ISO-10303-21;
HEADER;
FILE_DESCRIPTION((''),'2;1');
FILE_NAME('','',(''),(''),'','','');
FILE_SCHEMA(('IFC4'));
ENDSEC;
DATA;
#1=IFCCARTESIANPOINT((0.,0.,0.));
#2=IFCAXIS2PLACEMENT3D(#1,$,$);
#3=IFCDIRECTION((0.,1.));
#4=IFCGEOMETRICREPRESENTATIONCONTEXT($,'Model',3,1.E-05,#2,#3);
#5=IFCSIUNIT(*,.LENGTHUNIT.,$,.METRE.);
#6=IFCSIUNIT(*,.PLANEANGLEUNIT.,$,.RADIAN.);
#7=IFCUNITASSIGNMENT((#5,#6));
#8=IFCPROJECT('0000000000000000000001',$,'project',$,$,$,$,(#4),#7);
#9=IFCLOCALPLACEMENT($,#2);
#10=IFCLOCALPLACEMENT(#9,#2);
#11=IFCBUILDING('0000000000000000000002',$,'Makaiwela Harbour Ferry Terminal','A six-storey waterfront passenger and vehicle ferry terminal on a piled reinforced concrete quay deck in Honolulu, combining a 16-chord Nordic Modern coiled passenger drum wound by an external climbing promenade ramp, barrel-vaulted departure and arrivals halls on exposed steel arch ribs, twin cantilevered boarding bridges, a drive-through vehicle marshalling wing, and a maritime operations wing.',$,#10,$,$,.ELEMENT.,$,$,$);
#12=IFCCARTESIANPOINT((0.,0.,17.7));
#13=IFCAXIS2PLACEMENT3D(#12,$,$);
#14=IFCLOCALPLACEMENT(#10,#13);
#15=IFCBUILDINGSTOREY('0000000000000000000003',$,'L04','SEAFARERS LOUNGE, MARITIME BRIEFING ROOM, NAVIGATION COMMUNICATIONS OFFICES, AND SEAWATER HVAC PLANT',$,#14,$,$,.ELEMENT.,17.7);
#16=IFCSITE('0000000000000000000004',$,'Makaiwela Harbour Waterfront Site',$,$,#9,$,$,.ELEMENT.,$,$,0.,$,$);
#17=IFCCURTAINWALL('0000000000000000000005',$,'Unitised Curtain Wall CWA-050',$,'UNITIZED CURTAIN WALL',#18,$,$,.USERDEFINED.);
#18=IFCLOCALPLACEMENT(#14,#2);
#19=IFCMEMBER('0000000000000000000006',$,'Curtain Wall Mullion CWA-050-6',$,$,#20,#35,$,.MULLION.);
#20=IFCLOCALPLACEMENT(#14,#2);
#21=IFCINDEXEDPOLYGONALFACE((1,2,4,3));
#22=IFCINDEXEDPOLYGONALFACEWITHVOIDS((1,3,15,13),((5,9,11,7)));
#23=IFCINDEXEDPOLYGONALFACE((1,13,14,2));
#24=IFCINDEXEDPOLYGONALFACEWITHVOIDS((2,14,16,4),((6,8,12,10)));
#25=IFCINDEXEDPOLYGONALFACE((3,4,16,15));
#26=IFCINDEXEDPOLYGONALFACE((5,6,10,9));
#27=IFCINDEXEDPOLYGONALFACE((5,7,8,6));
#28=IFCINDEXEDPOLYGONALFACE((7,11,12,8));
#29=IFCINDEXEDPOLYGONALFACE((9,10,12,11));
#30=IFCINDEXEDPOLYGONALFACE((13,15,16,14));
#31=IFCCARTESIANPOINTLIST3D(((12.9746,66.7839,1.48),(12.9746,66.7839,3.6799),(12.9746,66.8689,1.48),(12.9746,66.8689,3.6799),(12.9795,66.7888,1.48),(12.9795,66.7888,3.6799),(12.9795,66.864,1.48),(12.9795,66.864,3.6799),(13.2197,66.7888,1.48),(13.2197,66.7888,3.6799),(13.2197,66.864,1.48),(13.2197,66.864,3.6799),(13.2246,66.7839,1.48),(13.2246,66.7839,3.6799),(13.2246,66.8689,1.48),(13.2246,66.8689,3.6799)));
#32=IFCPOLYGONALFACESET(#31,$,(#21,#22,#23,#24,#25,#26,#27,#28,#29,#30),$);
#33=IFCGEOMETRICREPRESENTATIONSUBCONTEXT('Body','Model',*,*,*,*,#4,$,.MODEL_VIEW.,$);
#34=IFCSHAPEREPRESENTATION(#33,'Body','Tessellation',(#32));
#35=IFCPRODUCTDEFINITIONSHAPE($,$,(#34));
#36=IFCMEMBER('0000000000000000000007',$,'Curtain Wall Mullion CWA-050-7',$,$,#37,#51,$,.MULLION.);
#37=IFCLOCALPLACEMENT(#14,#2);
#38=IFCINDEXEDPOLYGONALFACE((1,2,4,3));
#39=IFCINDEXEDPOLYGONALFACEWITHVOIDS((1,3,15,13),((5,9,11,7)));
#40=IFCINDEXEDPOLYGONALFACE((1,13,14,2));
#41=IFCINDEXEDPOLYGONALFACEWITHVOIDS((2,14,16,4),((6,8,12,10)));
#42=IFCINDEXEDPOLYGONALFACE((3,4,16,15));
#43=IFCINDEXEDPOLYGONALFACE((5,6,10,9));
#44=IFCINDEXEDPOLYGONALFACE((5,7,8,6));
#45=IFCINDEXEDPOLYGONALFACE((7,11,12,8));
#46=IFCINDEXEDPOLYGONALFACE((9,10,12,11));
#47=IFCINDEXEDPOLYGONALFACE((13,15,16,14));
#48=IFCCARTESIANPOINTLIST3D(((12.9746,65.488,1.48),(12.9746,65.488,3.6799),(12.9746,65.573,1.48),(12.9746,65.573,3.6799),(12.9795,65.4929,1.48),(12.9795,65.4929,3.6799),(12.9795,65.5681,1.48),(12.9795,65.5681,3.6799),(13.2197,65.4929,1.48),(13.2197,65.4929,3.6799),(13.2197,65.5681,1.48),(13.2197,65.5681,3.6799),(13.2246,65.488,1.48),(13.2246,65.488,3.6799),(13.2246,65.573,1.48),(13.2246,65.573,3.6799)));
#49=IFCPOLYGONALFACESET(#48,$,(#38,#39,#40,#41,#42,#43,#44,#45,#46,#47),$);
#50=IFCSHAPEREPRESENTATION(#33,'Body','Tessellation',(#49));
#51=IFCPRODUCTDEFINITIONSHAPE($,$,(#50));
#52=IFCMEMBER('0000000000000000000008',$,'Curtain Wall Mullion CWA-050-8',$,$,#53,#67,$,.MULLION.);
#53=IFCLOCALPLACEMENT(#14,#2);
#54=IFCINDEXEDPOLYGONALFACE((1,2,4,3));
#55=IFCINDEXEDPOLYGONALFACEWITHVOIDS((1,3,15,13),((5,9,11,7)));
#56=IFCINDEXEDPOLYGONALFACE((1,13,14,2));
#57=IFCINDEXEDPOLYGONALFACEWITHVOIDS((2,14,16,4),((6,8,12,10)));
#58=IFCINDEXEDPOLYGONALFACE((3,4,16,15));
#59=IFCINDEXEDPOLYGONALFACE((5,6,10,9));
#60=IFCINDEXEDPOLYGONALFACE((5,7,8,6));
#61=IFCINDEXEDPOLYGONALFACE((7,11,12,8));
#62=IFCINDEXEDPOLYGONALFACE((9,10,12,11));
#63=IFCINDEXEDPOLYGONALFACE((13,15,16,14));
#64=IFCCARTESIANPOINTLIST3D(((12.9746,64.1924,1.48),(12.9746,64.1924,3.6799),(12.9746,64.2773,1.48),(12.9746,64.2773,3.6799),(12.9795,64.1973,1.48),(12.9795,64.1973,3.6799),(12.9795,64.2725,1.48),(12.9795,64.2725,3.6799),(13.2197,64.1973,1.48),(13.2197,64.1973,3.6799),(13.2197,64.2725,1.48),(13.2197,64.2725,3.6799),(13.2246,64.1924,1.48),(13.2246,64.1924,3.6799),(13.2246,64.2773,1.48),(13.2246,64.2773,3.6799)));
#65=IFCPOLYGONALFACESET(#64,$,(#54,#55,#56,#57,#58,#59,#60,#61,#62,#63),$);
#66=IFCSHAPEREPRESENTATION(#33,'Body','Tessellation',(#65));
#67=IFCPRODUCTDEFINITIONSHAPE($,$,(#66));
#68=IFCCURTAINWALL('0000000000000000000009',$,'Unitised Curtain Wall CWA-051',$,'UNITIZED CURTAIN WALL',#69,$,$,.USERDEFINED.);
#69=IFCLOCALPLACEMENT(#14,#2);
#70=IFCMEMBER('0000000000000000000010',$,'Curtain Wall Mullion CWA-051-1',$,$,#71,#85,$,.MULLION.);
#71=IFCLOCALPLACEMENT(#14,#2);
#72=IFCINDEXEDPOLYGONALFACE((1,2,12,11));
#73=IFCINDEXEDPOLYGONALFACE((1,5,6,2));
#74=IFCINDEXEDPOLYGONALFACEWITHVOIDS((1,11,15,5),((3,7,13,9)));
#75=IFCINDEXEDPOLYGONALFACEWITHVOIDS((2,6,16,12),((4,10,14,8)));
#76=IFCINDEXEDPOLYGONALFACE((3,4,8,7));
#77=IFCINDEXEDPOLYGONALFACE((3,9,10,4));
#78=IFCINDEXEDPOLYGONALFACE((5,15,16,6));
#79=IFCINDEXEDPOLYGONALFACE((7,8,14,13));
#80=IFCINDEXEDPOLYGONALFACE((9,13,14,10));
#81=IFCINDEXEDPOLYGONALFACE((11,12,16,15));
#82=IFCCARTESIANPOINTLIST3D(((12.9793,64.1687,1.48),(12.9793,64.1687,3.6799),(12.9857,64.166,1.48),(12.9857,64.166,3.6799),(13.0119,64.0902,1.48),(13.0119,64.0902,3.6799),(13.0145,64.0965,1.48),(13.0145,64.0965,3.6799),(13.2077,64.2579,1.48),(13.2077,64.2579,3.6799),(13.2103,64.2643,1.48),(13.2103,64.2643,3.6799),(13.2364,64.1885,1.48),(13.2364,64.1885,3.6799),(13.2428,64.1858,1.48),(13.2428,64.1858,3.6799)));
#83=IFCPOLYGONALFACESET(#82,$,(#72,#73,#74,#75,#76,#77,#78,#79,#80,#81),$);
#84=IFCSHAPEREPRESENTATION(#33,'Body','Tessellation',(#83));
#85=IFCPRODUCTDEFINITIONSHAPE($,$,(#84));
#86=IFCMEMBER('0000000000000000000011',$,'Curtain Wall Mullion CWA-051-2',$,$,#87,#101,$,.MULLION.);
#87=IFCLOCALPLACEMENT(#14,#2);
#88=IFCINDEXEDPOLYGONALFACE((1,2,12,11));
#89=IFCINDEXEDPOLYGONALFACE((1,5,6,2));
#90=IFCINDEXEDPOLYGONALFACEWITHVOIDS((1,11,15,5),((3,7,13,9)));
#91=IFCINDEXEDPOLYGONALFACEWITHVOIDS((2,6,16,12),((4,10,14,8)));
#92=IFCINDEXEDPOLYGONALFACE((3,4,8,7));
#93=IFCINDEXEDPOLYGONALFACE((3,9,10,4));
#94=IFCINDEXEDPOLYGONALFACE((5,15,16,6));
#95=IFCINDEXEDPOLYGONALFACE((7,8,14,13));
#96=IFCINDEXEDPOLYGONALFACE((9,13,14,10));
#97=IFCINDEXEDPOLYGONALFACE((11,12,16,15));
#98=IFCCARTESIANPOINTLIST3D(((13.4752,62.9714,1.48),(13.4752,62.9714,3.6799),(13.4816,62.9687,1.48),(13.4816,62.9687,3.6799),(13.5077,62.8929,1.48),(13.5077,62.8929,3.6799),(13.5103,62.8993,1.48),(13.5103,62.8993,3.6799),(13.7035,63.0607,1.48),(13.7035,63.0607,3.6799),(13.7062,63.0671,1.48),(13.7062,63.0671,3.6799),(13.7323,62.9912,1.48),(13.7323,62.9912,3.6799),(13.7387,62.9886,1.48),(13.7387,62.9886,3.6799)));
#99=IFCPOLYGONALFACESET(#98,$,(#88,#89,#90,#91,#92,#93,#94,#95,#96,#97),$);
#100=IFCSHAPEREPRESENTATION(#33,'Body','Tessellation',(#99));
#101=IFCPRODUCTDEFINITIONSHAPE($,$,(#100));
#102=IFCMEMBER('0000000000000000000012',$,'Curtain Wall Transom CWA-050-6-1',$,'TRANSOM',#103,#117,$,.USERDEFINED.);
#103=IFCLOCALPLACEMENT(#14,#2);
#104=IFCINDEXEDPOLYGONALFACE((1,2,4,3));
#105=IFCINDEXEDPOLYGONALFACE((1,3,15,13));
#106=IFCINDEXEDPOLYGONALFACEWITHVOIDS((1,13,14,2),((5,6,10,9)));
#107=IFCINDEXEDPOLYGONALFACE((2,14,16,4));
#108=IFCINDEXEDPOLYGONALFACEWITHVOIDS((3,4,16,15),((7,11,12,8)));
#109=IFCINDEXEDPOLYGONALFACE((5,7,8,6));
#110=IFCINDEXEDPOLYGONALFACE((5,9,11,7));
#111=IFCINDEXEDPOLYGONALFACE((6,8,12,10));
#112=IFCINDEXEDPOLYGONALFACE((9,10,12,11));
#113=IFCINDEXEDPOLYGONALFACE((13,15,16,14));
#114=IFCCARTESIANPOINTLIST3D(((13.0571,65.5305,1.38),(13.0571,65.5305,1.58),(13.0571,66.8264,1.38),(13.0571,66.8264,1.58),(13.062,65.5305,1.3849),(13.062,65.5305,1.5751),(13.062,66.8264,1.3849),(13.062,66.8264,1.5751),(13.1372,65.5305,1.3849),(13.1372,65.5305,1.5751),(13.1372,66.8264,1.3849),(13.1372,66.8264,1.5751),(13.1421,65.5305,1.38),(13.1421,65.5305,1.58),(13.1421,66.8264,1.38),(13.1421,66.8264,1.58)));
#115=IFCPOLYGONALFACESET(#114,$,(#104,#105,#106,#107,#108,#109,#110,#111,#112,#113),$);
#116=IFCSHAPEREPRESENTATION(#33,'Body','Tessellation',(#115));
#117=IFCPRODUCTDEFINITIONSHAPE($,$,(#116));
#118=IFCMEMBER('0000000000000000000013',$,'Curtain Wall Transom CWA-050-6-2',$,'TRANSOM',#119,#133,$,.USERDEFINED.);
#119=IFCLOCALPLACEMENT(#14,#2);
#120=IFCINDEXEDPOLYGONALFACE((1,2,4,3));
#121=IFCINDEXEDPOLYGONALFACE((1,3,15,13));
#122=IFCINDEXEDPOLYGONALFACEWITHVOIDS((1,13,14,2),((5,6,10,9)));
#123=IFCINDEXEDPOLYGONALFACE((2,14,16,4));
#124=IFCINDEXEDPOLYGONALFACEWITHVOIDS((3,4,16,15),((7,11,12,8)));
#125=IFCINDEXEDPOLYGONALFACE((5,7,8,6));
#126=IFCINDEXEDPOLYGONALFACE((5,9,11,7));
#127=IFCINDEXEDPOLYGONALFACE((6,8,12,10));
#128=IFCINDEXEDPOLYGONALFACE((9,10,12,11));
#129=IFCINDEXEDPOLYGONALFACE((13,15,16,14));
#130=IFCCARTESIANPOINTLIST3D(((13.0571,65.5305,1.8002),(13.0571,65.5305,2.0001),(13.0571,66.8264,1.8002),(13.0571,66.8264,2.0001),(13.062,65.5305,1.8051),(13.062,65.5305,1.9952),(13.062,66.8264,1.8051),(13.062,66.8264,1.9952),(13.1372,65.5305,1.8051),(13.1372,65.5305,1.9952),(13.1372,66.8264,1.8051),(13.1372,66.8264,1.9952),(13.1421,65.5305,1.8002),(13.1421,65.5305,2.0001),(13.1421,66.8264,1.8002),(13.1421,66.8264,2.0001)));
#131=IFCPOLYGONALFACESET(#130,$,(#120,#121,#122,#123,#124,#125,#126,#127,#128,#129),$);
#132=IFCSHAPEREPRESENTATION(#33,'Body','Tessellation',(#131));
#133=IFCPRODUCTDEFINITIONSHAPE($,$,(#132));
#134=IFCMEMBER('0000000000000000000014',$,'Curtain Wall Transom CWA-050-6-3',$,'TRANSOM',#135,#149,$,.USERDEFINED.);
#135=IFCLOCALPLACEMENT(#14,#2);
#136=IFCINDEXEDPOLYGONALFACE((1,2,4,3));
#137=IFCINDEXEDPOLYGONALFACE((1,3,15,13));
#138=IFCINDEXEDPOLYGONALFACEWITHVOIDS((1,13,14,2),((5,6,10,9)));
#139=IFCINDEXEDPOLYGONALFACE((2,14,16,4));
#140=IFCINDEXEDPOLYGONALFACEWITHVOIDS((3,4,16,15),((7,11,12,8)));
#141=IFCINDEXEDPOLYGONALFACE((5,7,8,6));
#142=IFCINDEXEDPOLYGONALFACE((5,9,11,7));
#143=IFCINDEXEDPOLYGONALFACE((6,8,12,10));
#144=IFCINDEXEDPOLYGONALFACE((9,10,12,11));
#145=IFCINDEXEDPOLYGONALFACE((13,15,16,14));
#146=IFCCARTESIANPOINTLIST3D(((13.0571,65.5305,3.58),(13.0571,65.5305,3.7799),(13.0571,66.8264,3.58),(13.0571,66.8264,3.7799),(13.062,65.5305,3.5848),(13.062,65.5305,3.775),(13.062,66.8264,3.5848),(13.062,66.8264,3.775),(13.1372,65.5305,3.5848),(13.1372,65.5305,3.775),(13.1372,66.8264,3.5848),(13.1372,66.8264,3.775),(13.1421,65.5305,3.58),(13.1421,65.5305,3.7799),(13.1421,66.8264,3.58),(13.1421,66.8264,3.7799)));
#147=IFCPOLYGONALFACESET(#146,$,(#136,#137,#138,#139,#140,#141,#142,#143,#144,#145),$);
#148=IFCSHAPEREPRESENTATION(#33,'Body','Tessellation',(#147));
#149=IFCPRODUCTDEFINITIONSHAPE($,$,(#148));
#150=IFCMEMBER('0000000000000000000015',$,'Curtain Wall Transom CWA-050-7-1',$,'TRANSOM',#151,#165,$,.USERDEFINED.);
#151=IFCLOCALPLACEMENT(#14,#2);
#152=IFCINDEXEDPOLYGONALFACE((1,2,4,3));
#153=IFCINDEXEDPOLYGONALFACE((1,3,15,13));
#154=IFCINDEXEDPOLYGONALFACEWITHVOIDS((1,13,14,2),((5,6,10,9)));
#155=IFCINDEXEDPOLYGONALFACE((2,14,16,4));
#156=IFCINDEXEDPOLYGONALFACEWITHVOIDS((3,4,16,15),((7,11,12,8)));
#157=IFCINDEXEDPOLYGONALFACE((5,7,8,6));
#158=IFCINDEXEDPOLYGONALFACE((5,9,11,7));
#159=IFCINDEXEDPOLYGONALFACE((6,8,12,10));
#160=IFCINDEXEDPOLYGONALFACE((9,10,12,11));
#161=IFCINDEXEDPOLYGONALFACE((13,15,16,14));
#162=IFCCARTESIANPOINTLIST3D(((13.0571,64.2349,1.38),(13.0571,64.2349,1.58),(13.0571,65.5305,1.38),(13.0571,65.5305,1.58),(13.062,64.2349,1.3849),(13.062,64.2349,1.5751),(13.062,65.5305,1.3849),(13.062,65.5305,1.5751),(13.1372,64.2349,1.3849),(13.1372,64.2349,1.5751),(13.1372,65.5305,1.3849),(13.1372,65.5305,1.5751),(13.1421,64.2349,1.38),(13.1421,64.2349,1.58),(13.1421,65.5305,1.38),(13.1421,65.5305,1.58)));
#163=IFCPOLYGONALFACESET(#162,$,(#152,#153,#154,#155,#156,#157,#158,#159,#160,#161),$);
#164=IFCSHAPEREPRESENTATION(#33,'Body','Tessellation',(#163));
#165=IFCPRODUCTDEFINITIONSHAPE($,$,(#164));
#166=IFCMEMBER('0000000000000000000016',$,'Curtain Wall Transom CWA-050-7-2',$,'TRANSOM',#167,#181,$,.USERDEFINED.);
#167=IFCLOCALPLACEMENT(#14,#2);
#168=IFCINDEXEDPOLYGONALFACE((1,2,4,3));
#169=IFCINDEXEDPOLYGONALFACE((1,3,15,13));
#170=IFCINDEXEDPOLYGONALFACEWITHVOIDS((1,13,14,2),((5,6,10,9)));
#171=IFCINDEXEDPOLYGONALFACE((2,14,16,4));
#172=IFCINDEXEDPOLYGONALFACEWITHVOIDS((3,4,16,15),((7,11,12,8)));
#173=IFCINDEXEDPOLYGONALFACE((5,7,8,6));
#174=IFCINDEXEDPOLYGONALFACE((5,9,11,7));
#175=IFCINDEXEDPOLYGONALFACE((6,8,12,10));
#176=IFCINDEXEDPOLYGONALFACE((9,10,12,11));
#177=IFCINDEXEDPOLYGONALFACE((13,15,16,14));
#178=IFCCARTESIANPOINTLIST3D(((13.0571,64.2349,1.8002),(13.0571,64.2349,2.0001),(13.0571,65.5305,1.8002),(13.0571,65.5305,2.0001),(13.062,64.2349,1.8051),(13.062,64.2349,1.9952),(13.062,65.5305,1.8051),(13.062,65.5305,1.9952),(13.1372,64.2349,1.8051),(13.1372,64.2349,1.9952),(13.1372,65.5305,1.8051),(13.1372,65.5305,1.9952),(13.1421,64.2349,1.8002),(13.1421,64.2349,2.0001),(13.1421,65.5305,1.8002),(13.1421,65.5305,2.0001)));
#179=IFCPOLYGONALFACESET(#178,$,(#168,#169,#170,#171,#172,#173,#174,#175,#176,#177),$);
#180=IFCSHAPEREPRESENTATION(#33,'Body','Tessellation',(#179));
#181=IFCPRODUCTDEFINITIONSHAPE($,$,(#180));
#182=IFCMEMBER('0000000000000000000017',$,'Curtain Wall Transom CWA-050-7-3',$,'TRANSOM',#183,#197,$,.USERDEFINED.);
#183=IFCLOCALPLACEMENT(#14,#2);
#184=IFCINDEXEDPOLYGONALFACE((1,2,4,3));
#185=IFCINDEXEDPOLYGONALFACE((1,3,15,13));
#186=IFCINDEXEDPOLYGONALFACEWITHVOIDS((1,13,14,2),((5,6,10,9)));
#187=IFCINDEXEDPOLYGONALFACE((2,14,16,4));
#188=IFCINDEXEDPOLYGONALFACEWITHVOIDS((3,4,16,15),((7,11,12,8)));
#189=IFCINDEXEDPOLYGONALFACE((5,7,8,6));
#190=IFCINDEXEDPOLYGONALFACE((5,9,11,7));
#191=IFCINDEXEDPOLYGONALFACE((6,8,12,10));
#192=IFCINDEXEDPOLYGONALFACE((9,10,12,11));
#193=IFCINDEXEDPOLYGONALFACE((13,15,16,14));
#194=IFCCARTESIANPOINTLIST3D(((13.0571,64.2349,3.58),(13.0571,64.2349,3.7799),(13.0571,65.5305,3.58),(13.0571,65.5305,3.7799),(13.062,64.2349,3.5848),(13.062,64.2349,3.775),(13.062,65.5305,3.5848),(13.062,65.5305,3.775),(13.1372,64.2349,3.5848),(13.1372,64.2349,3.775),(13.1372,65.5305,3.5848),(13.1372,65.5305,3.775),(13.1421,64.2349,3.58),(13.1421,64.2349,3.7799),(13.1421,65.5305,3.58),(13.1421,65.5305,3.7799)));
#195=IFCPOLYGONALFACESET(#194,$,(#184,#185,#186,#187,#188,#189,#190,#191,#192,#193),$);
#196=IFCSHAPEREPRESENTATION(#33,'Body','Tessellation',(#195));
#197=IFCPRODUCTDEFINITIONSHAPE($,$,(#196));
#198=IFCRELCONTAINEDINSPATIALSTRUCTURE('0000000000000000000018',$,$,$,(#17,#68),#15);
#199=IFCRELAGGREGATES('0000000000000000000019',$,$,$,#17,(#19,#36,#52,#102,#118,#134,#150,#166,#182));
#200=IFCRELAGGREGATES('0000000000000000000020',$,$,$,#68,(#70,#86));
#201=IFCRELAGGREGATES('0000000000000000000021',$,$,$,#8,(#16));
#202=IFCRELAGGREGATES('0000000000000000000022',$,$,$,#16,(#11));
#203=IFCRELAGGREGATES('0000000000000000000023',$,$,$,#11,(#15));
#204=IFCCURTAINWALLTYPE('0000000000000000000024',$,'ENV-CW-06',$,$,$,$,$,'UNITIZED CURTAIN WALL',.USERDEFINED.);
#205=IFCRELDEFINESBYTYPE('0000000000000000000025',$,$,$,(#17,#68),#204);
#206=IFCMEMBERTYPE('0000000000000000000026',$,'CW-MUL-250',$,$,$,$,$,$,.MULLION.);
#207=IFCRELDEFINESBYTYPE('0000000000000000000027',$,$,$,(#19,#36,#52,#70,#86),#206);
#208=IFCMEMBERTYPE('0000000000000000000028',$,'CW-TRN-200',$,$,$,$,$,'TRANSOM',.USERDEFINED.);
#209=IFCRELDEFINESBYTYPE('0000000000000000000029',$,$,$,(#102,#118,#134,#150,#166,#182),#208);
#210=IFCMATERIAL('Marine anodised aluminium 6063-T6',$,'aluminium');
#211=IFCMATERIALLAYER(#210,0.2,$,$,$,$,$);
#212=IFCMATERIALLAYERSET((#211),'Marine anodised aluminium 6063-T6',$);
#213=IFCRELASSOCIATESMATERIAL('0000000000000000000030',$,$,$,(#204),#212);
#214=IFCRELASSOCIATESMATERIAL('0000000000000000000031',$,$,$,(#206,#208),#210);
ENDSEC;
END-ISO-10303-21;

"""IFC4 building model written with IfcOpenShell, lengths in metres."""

from ifc_helpers import new_model, si_unit, direction, frame, origin, origin_2d, place, context, subcontext, project, spatial, hollow_rectangle, extrude, material, layer, layer_set, material_profile, profile_set, type_object, element, aggregate, save


model = new_model("IFC4")

# Units and contexts
model_context = context("Model", 3, precision=1e-05, world=origin(), true_north=direction((0.0, 1.0)))
body_context = subcontext(model_context, "Body", "Model", "MODEL_VIEW")
ifc_project = project(units=[si_unit("LENGTHUNIT", "METRE"), si_unit("PLANEANGLEUNIT", "RADIAN")], contexts=[model_context])

# Site, building, storey
site_placement = place(None, origin())
site = spatial("IfcSite", under=ifc_project, at=site_placement, Name="Makaiwela Harbour Waterfront Site", CompositionType="ELEMENT", RefElevation=0.0)
building_placement = place(site_placement, origin())
building = spatial("IfcBuilding", under=site, at=building_placement, Name="Makaiwela Harbour Ferry Terminal", Description="A six-storey waterfront passenger and vehicle ferry terminal on a piled reinforced concrete quay deck in Honolulu, combining a 16-chord Nordic Modern coiled passenger drum wound by an external climbing promenade ramp, barrel-vaulted departure and arrivals halls on exposed steel arch ribs, twin cantilevered boarding bridges, a drive-through vehicle marshalling wing, and a maritime operations wing.", CompositionType="ELEMENT")
storey_placement = place(building_placement, frame((0.0, 0.0, 17.7)))
storey = spatial("IfcBuildingStorey", under=building, at=storey_placement, Name="L04", Description="SEAFARERS LOUNGE, MARITIME BRIEFING ROOM, NAVIGATION COMMUNICATIONS OFFICES, AND SEAWATER HVAC PLANT", CompositionType="ELEMENT", Elevation=17.7)

# Curtain walls, members
ifc_material_1 = material(Name="Marine anodised aluminium 6063-T6", Category="aluminium")
ifc_layer_1 = layer(ifc_material_1, 0.2)
ifc_layer_set_1 = layer_set([ifc_layer_1], Name="Marine anodised aluminium 6063-T6")
curtain_wall_type = type_object("IfcCurtainWallType", Name="ENV-CW-06", ElementType="UNITIZED CURTAIN WALL", PredefinedType="USERDEFINED", material=ifc_layer_set_1)
curtain_wall_1_placement = place(storey_placement, origin())
curtain_wall_1 = element("IfcCurtainWall", 1, at=curtain_wall_1_placement, inside=storey, type_object=curtain_wall_type, Name="Unitised Curtain Wall CWA-050", ObjectType="UNITIZED CURTAIN WALL", PredefinedType="USERDEFINED")
ifc_material_profile_1 = material_profile(ifc_material_1, hollow_rectangle(XDim=0.085, YDim=0.25, WallThickness=0.0049, at=origin_2d()), Name="CWM-250X85")
ifc_profile_set_1 = profile_set([ifc_material_profile_1], Name="Marine anodised aluminium 6063-T6")
member_type_1 = type_object("IfcMemberType", Name="CW-MUL-250", PredefinedType="MULLION", material=ifc_profile_set_1)
member_1_placement = place(storey_placement, frame((13.0996, 66.8264, 1.48), z_axis=(0.0, 0.0, 1.0), x_axis=(0.0, 1.0, 0.0)))
member_1 = element("IfcMember", 2, at=member_1_placement, type_object=member_type_1, Name="Curtain Wall Mullion CWA-050-6", PredefinedType="MULLION", context=body_context, shape_type="SweptSolid", body=[
    extrude(hollow_rectangle(XDim=0.085, YDim=0.25, WallThickness=0.0049, at=origin_2d()), origin(), (0.0, 0.0, 1.0), 2.2),
])
member_2_placement = place(storey_placement, frame((13.0996, 65.5305, 1.48), z_axis=(0.0, 0.0, 1.0), x_axis=(0.0, 1.0, 0.0)))
member_2 = element("IfcMember", 3, at=member_2_placement, type_object=member_type_1, Name="Curtain Wall Mullion CWA-050-7", PredefinedType="MULLION", context=body_context, shape_type="SweptSolid", body=[
    extrude(hollow_rectangle(XDim=0.085, YDim=0.25, WallThickness=0.0049, at=origin_2d()), origin(), (0.0, 0.0, 1.0), 2.2),
])
member_3_placement = place(storey_placement, frame((13.0996, 64.2349, 1.48), z_axis=(0.0, 0.0, 1.0), x_axis=(0.0, 1.0, 0.0)))
member_3 = element("IfcMember", 4, at=member_3_placement, type_object=member_type_1, Name="Curtain Wall Mullion CWA-050-8", PredefinedType="MULLION", context=body_context, shape_type="SweptSolid", body=[
    extrude(hollow_rectangle(XDim=0.085, YDim=0.25, WallThickness=0.0049, at=origin_2d()), origin(), (0.0, 0.0, 1.0), 2.2),
])
curtain_wall_2_placement = place(storey_placement, origin())
curtain_wall_2 = element("IfcCurtainWall", 5, at=curtain_wall_2_placement, inside=storey, type_object=curtain_wall_type, Name="Unitised Curtain Wall CWA-051", ObjectType="UNITIZED CURTAIN WALL", PredefinedType="USERDEFINED")
member_4_placement = place(storey_placement, frame((13.1111, 64.1772, 1.48), z_axis=(0.0, 0.0, 1.0), x_axis=(-0.382683, 0.92388, 0.0)))
member_4 = element("IfcMember", 6, at=member_4_placement, type_object=member_type_1, Name="Curtain Wall Mullion CWA-051-1", PredefinedType="MULLION", context=body_context, shape_type="SweptSolid", body=[
    extrude(hollow_rectangle(XDim=0.085, YDim=0.25, WallThickness=0.0049, at=origin_2d()), origin(), (0.0, 0.0, 1.0), 2.2),
])
member_5_placement = place(storey_placement, frame((13.6069, 62.98, 1.48), z_axis=(0.0, 0.0, 1.0), x_axis=(-0.382683, 0.92388, 0.0)))
member_5 = element("IfcMember", 7, at=member_5_placement, type_object=member_type_1, Name="Curtain Wall Mullion CWA-051-2", PredefinedType="MULLION", context=body_context, shape_type="SweptSolid", body=[
    extrude(hollow_rectangle(XDim=0.085, YDim=0.25, WallThickness=0.0049, at=origin_2d()), origin(), (0.0, 0.0, 1.0), 2.2),
])

# Members
ifc_material_profile_2 = material_profile(ifc_material_1, hollow_rectangle(XDim=0.085, YDim=0.2, WallThickness=0.0049, at=origin_2d()), Name="CWT-200X85")
ifc_profile_set_2 = profile_set([ifc_material_profile_2], Name="Marine anodised aluminium 6063-T6")
member_type_2 = type_object("IfcMemberType", Name="CW-TRN-200", ElementType="TRANSOM", PredefinedType="USERDEFINED", material=ifc_profile_set_2)
member_6_placement = place(storey_placement, frame((13.0996, 66.8264, 1.48), z_axis=(0.0, -1.0, 0.0), x_axis=(1.0, 0.0, 0.0)))
member_6 = element("IfcMember", 8, at=member_6_placement, type_object=member_type_2, Name="Curtain Wall Transom CWA-050-6-1", ObjectType="TRANSOM", PredefinedType="USERDEFINED", context=body_context, shape_type="SweptSolid", body=[
    extrude(hollow_rectangle(XDim=0.085, YDim=0.2, WallThickness=0.0049, at=origin_2d()), origin(), (0.0, 0.0, 1.0), 1.2959),
])
member_7_placement = place(storey_placement, frame((13.0996, 66.8264, 1.9001), z_axis=(0.0, -1.0, 0.0), x_axis=(1.0, 0.0, 0.0)))
member_7 = element("IfcMember", 9, at=member_7_placement, type_object=member_type_2, Name="Curtain Wall Transom CWA-050-6-2", ObjectType="TRANSOM", PredefinedType="USERDEFINED", context=body_context, shape_type="SweptSolid", body=[
    extrude(hollow_rectangle(XDim=0.085, YDim=0.2, WallThickness=0.0049, at=origin_2d()), origin(), (0.0, 0.0, 1.0), 1.2959),
])
member_8_placement = place(storey_placement, frame((13.0996, 66.8264, 3.6799), z_axis=(0.0, -1.0, 0.0), x_axis=(1.0, 0.0, 0.0)))
member_8 = element("IfcMember", 10, at=member_8_placement, type_object=member_type_2, Name="Curtain Wall Transom CWA-050-6-3", ObjectType="TRANSOM", PredefinedType="USERDEFINED", context=body_context, shape_type="SweptSolid", body=[
    extrude(hollow_rectangle(XDim=0.085, YDim=0.2, WallThickness=0.0049, at=origin_2d()), origin(), (0.0, 0.0, 1.0), 1.2959),
])
member_9_placement = place(storey_placement, frame((13.0996, 65.5305, 1.48), z_axis=(0.0, -1.0, 0.0), x_axis=(1.0, 0.0, 0.0)))
member_9 = element("IfcMember", 11, at=member_9_placement, type_object=member_type_2, Name="Curtain Wall Transom CWA-050-7-1", ObjectType="TRANSOM", PredefinedType="USERDEFINED", context=body_context, shape_type="SweptSolid", body=[
    extrude(hollow_rectangle(XDim=0.085, YDim=0.2, WallThickness=0.0049, at=origin_2d()), origin(), (0.0, 0.0, 1.0), 1.2957),
])
member_10_placement = place(storey_placement, frame((13.0996, 65.5305, 1.9001), z_axis=(0.0, -1.0, 0.0), x_axis=(1.0, 0.0, 0.0)))
member_10 = element("IfcMember", 12, at=member_10_placement, type_object=member_type_2, Name="Curtain Wall Transom CWA-050-7-2", ObjectType="TRANSOM", PredefinedType="USERDEFINED", context=body_context, shape_type="SweptSolid", body=[
    extrude(hollow_rectangle(XDim=0.085, YDim=0.2, WallThickness=0.0049, at=origin_2d()), origin(), (0.0, 0.0, 1.0), 1.2957),
])
member_11_placement = place(storey_placement, frame((13.0996, 65.5305, 3.6799), z_axis=(0.0, -1.0, 0.0), x_axis=(1.0, 0.0, 0.0)))
member_11 = element("IfcMember", 13, at=member_11_placement, type_object=member_type_2, Name="Curtain Wall Transom CWA-050-7-3", ObjectType="TRANSOM", PredefinedType="USERDEFINED", context=body_context, shape_type="SweptSolid", body=[
    extrude(hollow_rectangle(XDim=0.085, YDim=0.2, WallThickness=0.0049, at=origin_2d()), origin(), (0.0, 0.0, 1.0), 1.2957),
])

aggregate(curtain_wall_1, [member_1, member_2, member_3, member_6, member_7, member_8, member_9, member_10, member_11])
aggregate(curtain_wall_2, [member_4, member_5])

save(model, "model.ifc")
